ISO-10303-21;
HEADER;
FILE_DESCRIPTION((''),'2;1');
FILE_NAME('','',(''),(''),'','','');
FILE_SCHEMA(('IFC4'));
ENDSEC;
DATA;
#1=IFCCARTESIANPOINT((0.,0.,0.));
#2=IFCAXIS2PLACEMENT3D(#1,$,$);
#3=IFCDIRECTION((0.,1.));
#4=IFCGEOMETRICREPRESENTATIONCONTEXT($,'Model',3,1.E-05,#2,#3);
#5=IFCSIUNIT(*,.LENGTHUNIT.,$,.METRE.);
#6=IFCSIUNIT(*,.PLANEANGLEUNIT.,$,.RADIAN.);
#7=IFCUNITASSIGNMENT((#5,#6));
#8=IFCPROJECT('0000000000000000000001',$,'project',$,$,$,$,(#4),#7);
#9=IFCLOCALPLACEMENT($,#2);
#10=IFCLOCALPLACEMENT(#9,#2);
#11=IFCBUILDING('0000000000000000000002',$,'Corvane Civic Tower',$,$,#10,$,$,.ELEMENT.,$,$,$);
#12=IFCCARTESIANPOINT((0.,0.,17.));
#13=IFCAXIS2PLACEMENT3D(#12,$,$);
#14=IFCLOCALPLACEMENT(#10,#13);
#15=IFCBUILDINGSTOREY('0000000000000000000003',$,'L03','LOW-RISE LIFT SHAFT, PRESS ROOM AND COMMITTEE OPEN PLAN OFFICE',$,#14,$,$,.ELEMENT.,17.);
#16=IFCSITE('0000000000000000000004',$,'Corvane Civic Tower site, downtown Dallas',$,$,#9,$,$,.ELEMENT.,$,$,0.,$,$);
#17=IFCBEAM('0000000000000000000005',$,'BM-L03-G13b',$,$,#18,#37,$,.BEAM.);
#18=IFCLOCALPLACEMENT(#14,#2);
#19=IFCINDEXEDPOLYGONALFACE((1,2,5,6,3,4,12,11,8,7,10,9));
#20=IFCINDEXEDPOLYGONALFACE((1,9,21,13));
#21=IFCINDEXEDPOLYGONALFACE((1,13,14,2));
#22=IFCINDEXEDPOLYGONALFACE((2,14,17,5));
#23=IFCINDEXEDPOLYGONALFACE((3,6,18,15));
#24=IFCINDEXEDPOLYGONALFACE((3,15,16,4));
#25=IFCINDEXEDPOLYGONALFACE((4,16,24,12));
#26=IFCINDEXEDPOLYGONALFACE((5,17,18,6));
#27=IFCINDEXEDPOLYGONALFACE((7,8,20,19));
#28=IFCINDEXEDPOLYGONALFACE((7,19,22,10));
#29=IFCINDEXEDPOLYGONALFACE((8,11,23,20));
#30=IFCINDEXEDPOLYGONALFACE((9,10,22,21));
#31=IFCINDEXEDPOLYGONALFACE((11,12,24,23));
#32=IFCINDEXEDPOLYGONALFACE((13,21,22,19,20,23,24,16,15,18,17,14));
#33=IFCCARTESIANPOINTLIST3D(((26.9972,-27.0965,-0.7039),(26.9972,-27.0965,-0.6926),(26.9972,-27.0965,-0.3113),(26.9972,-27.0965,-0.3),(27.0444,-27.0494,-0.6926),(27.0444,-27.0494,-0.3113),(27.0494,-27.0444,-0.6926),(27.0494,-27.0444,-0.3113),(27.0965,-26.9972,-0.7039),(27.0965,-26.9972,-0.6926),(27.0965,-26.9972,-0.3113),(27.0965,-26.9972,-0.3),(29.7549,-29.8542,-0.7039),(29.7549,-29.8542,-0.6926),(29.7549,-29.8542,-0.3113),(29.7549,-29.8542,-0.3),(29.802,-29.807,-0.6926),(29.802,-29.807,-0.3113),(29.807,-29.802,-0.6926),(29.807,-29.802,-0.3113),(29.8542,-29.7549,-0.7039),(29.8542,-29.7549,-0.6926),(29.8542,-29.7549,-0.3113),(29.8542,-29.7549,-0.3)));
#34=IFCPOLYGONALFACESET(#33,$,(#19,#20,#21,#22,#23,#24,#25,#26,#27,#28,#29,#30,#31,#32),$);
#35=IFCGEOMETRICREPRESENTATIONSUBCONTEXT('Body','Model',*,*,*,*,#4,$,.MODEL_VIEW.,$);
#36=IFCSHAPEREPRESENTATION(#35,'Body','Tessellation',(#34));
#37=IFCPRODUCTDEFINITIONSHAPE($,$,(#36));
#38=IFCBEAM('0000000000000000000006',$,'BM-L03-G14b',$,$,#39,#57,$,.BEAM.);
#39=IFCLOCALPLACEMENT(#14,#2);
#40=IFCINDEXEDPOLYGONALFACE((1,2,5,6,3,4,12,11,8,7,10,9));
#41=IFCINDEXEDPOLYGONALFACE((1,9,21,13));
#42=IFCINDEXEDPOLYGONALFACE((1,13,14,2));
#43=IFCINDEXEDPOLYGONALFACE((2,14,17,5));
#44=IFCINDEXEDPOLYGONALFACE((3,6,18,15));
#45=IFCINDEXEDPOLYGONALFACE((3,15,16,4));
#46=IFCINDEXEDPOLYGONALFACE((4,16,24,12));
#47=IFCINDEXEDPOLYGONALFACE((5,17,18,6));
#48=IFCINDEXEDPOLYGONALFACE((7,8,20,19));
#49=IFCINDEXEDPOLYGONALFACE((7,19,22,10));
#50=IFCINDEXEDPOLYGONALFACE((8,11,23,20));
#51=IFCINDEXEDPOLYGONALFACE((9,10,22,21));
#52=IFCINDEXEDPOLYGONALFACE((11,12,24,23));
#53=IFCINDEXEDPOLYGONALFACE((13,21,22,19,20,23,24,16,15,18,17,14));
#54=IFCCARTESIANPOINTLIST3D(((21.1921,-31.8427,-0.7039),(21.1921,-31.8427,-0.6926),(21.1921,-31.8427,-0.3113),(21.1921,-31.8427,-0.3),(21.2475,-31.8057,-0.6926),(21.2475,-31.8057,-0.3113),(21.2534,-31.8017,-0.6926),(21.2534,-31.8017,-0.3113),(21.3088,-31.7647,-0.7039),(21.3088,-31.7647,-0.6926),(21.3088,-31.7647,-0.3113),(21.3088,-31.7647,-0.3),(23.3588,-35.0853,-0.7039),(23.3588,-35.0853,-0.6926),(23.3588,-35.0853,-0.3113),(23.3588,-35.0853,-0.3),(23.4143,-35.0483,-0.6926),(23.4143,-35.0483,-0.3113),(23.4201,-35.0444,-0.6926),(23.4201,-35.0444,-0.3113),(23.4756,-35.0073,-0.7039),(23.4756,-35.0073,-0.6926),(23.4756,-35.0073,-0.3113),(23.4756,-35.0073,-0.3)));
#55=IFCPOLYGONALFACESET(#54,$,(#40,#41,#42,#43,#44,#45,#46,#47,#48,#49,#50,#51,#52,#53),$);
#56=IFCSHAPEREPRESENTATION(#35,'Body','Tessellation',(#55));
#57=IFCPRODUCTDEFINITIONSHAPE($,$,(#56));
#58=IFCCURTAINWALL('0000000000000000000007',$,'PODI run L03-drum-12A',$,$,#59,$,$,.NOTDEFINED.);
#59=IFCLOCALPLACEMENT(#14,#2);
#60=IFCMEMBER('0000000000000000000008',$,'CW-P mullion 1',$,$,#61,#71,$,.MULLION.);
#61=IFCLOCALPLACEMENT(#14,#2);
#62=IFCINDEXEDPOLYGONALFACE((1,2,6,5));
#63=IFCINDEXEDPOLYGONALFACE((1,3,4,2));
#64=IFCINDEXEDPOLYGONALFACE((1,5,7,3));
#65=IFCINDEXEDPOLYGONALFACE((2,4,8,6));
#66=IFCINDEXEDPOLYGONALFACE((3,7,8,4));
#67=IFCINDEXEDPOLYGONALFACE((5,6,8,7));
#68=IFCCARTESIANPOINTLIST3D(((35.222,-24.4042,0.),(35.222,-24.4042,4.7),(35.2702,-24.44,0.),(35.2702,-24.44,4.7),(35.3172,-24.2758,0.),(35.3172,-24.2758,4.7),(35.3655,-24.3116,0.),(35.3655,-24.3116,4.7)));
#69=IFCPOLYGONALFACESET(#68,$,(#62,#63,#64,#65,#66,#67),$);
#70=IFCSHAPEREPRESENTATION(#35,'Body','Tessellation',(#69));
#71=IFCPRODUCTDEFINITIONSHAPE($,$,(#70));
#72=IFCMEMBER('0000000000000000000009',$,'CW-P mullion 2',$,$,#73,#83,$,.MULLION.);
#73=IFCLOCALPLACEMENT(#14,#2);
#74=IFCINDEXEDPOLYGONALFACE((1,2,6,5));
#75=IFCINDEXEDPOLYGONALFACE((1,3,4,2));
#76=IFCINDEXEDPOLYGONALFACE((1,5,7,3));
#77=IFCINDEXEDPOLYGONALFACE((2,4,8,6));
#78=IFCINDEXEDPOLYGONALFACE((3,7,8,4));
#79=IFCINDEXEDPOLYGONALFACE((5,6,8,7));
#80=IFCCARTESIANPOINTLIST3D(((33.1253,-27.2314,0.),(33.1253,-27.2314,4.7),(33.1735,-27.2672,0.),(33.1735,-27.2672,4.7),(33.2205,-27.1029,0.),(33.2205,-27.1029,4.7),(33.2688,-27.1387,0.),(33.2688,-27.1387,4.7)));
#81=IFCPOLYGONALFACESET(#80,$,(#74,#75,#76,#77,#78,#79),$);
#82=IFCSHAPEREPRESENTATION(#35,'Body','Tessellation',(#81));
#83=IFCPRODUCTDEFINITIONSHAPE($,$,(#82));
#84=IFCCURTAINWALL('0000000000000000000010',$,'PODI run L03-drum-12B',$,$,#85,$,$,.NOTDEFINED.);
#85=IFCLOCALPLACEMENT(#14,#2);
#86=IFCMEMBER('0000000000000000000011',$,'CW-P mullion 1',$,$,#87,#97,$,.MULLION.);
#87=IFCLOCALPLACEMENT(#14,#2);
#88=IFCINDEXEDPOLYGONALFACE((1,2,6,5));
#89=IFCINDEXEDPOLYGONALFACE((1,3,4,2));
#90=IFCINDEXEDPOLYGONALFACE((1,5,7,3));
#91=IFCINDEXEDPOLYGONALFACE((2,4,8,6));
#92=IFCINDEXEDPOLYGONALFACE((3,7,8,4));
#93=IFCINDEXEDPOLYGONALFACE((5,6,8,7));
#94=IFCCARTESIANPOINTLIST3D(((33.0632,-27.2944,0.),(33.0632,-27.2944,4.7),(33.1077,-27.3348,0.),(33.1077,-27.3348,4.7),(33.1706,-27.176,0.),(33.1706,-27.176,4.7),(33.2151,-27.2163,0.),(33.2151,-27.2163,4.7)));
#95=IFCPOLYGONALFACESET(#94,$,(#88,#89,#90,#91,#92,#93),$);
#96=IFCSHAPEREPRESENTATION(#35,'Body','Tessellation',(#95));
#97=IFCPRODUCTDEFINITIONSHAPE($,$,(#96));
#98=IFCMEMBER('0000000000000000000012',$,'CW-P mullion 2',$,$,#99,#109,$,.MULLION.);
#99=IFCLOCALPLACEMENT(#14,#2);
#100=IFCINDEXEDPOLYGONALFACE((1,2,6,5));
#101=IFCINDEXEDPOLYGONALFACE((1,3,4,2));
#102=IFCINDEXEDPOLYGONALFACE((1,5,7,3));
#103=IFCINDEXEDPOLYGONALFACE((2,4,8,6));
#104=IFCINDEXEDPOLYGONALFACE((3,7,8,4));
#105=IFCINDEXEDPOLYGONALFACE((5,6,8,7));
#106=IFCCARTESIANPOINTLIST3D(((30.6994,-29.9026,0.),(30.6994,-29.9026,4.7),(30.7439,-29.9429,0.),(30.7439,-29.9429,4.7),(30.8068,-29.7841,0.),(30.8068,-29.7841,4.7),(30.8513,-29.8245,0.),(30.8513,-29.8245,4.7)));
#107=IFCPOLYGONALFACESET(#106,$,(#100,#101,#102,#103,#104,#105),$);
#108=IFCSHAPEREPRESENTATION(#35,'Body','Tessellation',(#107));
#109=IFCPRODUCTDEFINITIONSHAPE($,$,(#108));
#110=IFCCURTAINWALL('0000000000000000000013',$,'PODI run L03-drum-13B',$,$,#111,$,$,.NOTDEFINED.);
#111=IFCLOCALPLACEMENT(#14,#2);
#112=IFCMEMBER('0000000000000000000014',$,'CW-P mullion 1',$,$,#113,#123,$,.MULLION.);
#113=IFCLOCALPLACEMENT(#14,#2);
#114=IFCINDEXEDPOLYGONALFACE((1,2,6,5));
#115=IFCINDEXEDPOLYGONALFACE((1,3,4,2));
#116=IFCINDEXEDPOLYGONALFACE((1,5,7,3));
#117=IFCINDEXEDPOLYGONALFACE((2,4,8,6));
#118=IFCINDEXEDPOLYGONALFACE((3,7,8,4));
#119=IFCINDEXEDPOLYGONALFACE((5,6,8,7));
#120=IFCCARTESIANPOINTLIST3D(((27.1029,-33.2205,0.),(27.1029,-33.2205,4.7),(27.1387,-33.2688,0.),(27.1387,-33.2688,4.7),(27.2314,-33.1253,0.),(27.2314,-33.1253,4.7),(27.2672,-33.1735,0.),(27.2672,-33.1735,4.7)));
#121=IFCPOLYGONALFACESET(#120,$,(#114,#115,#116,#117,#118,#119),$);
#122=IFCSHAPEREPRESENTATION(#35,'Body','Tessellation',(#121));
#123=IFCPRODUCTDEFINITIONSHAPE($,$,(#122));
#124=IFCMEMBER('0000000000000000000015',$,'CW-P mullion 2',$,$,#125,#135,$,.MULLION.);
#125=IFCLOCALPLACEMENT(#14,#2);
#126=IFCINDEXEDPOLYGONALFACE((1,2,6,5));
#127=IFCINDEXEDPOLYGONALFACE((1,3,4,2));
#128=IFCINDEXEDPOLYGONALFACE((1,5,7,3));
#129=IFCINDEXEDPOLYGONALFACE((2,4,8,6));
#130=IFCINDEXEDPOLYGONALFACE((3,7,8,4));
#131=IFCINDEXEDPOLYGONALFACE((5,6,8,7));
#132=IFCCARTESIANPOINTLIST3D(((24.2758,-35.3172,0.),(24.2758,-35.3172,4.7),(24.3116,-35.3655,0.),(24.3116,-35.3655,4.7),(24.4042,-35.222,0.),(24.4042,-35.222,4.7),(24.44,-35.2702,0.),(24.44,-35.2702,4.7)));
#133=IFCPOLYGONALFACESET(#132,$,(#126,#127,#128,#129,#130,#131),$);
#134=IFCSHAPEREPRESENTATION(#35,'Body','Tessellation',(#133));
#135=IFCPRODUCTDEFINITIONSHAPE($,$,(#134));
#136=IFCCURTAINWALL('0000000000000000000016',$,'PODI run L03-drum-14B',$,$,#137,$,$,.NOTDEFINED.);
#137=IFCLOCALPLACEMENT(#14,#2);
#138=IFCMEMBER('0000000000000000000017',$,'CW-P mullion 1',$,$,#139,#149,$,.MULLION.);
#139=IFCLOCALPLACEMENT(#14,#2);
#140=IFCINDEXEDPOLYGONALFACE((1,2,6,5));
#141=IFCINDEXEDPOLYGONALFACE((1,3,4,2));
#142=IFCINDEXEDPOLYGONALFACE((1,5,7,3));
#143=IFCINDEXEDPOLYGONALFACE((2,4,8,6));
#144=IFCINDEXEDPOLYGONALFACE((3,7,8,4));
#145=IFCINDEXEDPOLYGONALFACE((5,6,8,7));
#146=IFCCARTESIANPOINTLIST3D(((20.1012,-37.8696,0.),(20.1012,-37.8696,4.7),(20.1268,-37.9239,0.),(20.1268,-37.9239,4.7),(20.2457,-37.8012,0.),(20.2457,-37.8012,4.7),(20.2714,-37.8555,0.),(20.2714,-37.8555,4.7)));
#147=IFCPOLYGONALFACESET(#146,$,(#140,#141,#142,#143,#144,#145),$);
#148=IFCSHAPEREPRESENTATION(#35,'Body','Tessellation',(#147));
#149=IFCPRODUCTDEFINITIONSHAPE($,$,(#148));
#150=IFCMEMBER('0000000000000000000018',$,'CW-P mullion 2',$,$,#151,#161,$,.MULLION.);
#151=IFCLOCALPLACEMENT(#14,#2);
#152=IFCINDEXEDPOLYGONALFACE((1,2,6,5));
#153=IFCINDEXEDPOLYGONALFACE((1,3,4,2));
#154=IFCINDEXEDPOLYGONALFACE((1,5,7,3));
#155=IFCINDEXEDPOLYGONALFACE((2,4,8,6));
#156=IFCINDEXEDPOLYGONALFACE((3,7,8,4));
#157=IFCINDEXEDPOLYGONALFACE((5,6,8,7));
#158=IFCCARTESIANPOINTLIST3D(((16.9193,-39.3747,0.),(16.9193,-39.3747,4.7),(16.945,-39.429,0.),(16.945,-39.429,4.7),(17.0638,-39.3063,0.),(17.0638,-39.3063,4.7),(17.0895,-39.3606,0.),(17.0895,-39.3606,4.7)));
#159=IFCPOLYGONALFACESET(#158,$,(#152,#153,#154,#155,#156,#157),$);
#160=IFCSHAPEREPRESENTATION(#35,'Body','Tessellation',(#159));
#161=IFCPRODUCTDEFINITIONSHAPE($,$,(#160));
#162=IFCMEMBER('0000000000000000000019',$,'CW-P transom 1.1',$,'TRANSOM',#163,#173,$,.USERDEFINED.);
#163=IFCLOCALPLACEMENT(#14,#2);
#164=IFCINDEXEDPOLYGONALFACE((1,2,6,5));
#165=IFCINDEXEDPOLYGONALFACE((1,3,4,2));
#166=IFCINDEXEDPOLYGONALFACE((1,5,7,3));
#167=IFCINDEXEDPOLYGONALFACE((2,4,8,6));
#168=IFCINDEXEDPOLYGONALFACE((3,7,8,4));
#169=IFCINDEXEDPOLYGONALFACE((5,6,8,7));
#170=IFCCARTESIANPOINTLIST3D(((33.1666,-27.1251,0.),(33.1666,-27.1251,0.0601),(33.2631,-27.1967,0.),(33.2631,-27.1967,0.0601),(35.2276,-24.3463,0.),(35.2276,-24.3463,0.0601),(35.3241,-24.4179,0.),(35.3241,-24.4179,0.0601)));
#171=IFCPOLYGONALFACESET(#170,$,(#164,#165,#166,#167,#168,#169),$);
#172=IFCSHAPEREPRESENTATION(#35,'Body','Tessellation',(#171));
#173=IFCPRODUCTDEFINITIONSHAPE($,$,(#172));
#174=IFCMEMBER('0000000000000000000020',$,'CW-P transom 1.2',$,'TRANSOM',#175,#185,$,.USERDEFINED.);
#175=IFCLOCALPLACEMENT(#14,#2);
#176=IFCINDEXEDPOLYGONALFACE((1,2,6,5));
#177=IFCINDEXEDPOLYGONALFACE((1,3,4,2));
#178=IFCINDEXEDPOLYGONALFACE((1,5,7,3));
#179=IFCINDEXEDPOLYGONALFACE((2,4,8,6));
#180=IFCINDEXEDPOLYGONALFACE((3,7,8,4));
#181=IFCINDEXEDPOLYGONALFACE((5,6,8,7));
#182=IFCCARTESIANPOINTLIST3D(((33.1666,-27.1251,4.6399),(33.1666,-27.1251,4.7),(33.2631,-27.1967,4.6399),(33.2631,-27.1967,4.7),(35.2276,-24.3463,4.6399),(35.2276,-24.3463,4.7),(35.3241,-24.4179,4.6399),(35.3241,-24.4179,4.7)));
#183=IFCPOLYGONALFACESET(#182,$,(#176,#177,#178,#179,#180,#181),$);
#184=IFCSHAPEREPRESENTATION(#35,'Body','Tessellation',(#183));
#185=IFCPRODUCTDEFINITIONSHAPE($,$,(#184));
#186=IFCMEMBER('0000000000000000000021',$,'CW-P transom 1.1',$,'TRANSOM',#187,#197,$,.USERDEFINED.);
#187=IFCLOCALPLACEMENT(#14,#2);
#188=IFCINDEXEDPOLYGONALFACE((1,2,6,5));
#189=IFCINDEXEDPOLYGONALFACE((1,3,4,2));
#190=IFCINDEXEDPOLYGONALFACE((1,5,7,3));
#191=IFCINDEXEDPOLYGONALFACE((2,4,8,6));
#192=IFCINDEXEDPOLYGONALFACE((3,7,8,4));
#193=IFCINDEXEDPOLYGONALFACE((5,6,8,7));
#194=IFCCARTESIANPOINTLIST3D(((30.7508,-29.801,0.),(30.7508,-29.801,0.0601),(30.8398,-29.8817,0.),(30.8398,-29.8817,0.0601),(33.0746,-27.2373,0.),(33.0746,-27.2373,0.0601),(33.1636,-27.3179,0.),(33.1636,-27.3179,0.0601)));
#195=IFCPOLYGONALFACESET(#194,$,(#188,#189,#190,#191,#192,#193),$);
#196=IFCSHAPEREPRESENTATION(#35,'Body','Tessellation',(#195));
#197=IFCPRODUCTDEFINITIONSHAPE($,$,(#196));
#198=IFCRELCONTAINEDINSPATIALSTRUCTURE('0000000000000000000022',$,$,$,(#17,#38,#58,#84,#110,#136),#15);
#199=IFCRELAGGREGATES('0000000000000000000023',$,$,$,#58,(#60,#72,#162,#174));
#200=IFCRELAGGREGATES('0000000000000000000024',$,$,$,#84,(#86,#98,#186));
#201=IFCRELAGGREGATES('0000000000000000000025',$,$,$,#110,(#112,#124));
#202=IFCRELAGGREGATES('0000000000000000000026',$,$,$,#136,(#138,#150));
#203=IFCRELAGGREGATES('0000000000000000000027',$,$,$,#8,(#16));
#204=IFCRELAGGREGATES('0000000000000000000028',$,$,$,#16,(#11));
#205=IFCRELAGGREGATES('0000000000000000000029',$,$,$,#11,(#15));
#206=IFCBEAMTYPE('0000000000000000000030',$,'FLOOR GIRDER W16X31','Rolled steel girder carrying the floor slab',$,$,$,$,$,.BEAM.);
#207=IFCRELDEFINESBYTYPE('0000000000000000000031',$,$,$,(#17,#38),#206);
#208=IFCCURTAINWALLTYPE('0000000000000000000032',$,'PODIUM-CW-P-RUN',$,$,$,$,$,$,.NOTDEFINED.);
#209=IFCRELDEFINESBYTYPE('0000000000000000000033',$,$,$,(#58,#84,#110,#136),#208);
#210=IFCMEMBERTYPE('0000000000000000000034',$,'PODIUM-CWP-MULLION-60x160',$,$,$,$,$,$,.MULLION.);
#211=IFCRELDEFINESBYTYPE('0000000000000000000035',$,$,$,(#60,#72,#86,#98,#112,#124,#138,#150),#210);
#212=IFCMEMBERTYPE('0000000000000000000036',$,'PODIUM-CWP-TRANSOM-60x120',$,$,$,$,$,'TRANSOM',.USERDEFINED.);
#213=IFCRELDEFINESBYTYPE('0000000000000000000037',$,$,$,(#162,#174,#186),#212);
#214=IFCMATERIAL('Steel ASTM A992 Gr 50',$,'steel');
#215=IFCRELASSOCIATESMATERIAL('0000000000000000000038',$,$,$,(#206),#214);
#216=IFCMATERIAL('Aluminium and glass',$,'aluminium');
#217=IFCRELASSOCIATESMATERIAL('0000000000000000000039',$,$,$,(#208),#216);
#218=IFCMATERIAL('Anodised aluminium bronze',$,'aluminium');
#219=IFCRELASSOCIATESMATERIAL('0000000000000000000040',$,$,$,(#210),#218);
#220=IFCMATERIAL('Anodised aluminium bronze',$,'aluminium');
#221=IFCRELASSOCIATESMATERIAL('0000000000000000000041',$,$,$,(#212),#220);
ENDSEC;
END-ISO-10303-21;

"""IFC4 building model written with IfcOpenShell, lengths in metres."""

from ifc_helpers import new_model, si_unit, direction, frame, origin, origin_2d, place, context, subcontext, project, spatial, rectangle, i_section, extrude, material, material_profile, profile_set, type_object, element, aggregate, save


model = new_model("IFC4")

# Units and contexts
model_context = context("Model", 3, precision=1e-05, world=origin(), true_north=direction((0.0, 1.0)))
body_context = subcontext(model_context, "Body", "Model", "MODEL_VIEW")
ifc_project = project(units=[si_unit("LENGTHUNIT", "METRE"), si_unit("PLANEANGLEUNIT", "RADIAN")], contexts=[model_context])

# Site, building, storey
site_placement = place(None, origin())
site = spatial("IfcSite", under=ifc_project, at=site_placement, Name="Corvane Civic Tower site, downtown Dallas", CompositionType="ELEMENT", RefElevation=0.0)
building_placement = place(site_placement, origin())
building = spatial("IfcBuilding", under=site, at=building_placement, Name="Corvane Civic Tower", CompositionType="ELEMENT")
storey_placement = place(building_placement, frame((0.0, 0.0, 17.0)))
storey = spatial("IfcBuildingStorey", under=building, at=storey_placement, Name="L03", Description="LOW-RISE LIFT SHAFT, PRESS ROOM AND COMMITTEE OPEN PLAN OFFICE", CompositionType="ELEMENT", Elevation=17.0)

# Beams
ifc_material_1 = material(Name="Steel ASTM A992 Gr 50", Category="steel")
ifc_material_profile_1 = material_profile(ifc_material_1, i_section(OverallWidth=0.1404, OverallDepth=0.4038, WebThickness=0.0071, FlangeThickness=0.0112, at=origin_2d()), Name="W16X31")
ifc_profile_set_1 = profile_set([ifc_material_profile_1], Name="Steel ASTM A992 Gr 50")
beam_type_1 = type_object("IfcBeamType", Name="FLOOR GIRDER W16X31", Description="Rolled steel girder carrying the floor slab", PredefinedType="BEAM", material=ifc_profile_set_1)
for number, where, z_axis, x_axis, name in (
    (1, (27.0469, -27.0469, -0.502), (0.707107, -0.707107, 0.0), (0.707107, 0.707107, 0.0), "BM-L03-G13b"),
    (2, (21.2505, -31.8037, -0.502), (0.555581, -0.831462, 0.0), (0.831462, 0.555581, 0.0), "BM-L03-G14b"),
):
    element("IfcBeam", number, at=place(storey_placement, frame(where, z_axis=z_axis, x_axis=x_axis)), inside=storey, type_object=beam_type_1, Name=name, PredefinedType="BEAM", context=body_context, shape_type="SweptSolid", body=[
        extrude(i_section(OverallWidth=0.1404, OverallDepth=0.4038, WebThickness=0.0071, FlangeThickness=0.0112, at=origin_2d()), origin(), (0.0, 0.0, 1.0), 3.8999),
    ])

# Curtain walls, members
ifc_material_2 = material(Name="Aluminium and glass", Category="aluminium")
curtain_wall_type = type_object("IfcCurtainWallType", Name="PODIUM-CW-P-RUN", PredefinedType="NOTDEFINED", material=ifc_material_2)
curtain_wall_1_placement = place(storey_placement, origin())
curtain_wall_1 = element("IfcCurtainWall", 3, at=curtain_wall_1_placement, inside=storey, type_object=curtain_wall_type, Name="PODI run L03-drum-12A", PredefinedType="NOTDEFINED")
ifc_material_3 = material(Name="Anodised aluminium bronze", Category="aluminium")
ifc_material_profile_2 = material_profile(ifc_material_3, rectangle(XDim=0.0601, YDim=0.1599, at=origin_2d()), Name="AL 60x160")
ifc_profile_set_2 = profile_set([ifc_material_profile_2], Name="Anodised aluminium bronze")
member_type_1 = type_object("IfcMemberType", Name="PODIUM-CWP-MULLION-60x160", PredefinedType="MULLION", material=ifc_profile_set_2)
member_1_placement = place(storey_placement, frame((35.2937, -24.3579, 0.0), z_axis=(0.0, 0.0, 1.0), x_axis=(0.803203, -0.595705, 0.0)))
member_1 = element("IfcMember", 4, at=member_1_placement, type_object=member_type_1, Name="CW-P mullion 1", PredefinedType="MULLION", context=body_context, shape_type="SweptSolid", body=[
    extrude(rectangle(XDim=0.0601, YDim=0.1599, at=origin_2d()), origin(), (0.0, 0.0, 1.0), 4.7),
])
member_2_placement = place(storey_placement, frame((33.197, -27.1851, 0.0), z_axis=(0.0, 0.0, 1.0), x_axis=(0.803203, -0.595705, 0.0)))
member_2 = element("IfcMember", 5, at=member_2_placement, type_object=member_type_1, Name="CW-P mullion 2", PredefinedType="MULLION", context=body_context, shape_type="SweptSolid", body=[
    extrude(rectangle(XDim=0.0601, YDim=0.1599, at=origin_2d()), origin(), (0.0, 0.0, 1.0), 4.7),
])
curtain_wall_2_placement = place(storey_placement, origin())
curtain_wall_2 = element("IfcCurtainWall", 6, at=curtain_wall_2_placement, inside=storey, type_object=curtain_wall_type, Name="PODI run L03-drum-12B", PredefinedType="NOTDEFINED")
member_3_placement = place(storey_placement, frame((33.1392, -27.2554, 0.0), z_axis=(0.0, 0.0, 1.0), x_axis=(0.740935, -0.671576, 0.0)))
member_3 = element("IfcMember", 7, at=member_3_placement, type_object=member_type_1, Name="CW-P mullion 1", PredefinedType="MULLION", context=body_context, shape_type="SweptSolid", body=[
    extrude(rectangle(XDim=0.0601, YDim=0.1599, at=origin_2d()), origin(), (0.0, 0.0, 1.0), 4.7),
])
member_4_placement = place(storey_placement, frame((30.7754, -29.8635, 0.0), z_axis=(0.0, 0.0, 1.0), x_axis=(0.740935, -0.671576, 0.0)))
member_4 = element("IfcMember", 8, at=member_4_placement, type_object=member_type_1, Name="CW-P mullion 2", PredefinedType="MULLION", context=body_context, shape_type="SweptSolid", body=[
    extrude(rectangle(XDim=0.0601, YDim=0.1599, at=origin_2d()), origin(), (0.0, 0.0, 1.0), 4.7),
])
curtain_wall_3_placement = place(storey_placement, origin())
curtain_wall_3 = element("IfcCurtainWall", 9, at=curtain_wall_3_placement, inside=storey, type_object=curtain_wall_type, Name="PODI run L03-drum-13B", PredefinedType="NOTDEFINED")
member_5_placement = place(storey_placement, frame((27.1851, -33.197, 0.0), z_axis=(0.0, 0.0, 1.0), x_axis=(0.595705, -0.803203, 0.0)))
member_5 = element("IfcMember", 10, at=member_5_placement, type_object=member_type_1, Name="CW-P mullion 1", PredefinedType="MULLION", context=body_context, shape_type="SweptSolid", body=[
    extrude(rectangle(XDim=0.0601, YDim=0.1599, at=origin_2d()), origin(), (0.0, 0.0, 1.0), 4.7),
])
member_6_placement = place(storey_placement, frame((24.3579, -35.2937, 0.0), z_axis=(0.0, 0.0, 1.0), x_axis=(0.595705, -0.803203, 0.0)))
member_6 = element("IfcMember", 11, at=member_6_placement, type_object=member_type_1, Name="CW-P mullion 2", PredefinedType="MULLION", context=body_context, shape_type="SweptSolid", body=[
    extrude(rectangle(XDim=0.0601, YDim=0.1599, at=origin_2d()), origin(), (0.0, 0.0, 1.0), 4.7),
])
curtain_wall_4_placement = place(storey_placement, origin())
curtain_wall_4 = element("IfcCurtainWall", 12, at=curtain_wall_4_placement, inside=storey, type_object=curtain_wall_type, Name="PODI run L03-drum-14B", PredefinedType="NOTDEFINED")
member_7_placement = place(storey_placement, frame((20.1863, -37.8625, 0.0), z_axis=(0.0, 0.0, 1.0), x_axis=(0.427553, -0.90399, 0.0)))
member_7 = element("IfcMember", 13, at=member_7_placement, type_object=member_type_1, Name="CW-P mullion 1", PredefinedType="MULLION", context=body_context, shape_type="SweptSolid", body=[
    extrude(rectangle(XDim=0.0601, YDim=0.1599, at=origin_2d()), origin(), (0.0, 0.0, 1.0), 4.7),
])
member_8_placement = place(storey_placement, frame((17.0044, -39.3677, 0.0), z_axis=(0.0, 0.0, 1.0), x_axis=(0.427553, -0.90399, 0.0)))
member_8 = element("IfcMember", 14, at=member_8_placement, type_object=member_type_1, Name="CW-P mullion 2", PredefinedType="MULLION", context=body_context, shape_type="SweptSolid", body=[
    extrude(rectangle(XDim=0.0601, YDim=0.1599, at=origin_2d()), origin(), (0.0, 0.0, 1.0), 4.7),
])

# Members
ifc_material_4 = material(Name="Anodised aluminium bronze", Category="aluminium")
ifc_material_profile_3 = material_profile(ifc_material_4, rectangle(XDim=0.1201, YDim=0.0601, at=origin_2d()), Name="AL 120x60")
ifc_profile_set_3 = profile_set([ifc_material_profile_3], Name="Anodised aluminium bronze")
member_type_2 = type_object("IfcMemberType", Name="PODIUM-CWP-TRANSOM-60x120", ElementType="TRANSOM", PredefinedType="USERDEFINED", material=ifc_profile_set_3)
member_9_placement = place(storey_placement, frame((35.2759, -24.3821, 0.03), z_axis=(-0.595724, -0.80319, 0.0), x_axis=(0.80319, -0.595724, 0.0)))
member_9 = element("IfcMember", 15, at=member_9_placement, type_object=member_type_2, Name="CW-P transom 1.1", ObjectType="TRANSOM", PredefinedType="USERDEFINED", context=body_context, shape_type="SweptSolid", body=[
    extrude(rectangle(XDim=0.1201, YDim=0.0601, at=origin_2d()), origin(), (0.0, 0.0, 1.0), 3.4597),
])
member_10_placement = place(storey_placement, frame((35.2759, -24.3821, 4.6699), z_axis=(-0.595724, -0.80319, 0.0), x_axis=(0.80319, -0.595724, 0.0)))
member_10 = element("IfcMember", 16, at=member_10_placement, type_object=member_type_2, Name="CW-P transom 1.2", ObjectType="TRANSOM", PredefinedType="USERDEFINED", context=body_context, shape_type="SweptSolid", body=[
    extrude(rectangle(XDim=0.1201, YDim=0.0601, at=origin_2d()), origin(), (0.0, 0.0, 1.0), 3.4597),
])
member_11_placement = place(storey_placement, frame((33.1191, -27.2776, 0.03), z_axis=(-0.671576, -0.740935, 0.0), x_axis=(0.740935, -0.671576, 0.0)))
member_11 = element("IfcMember", 17, at=member_11_placement, type_object=member_type_2, Name="CW-P transom 1.1", ObjectType="TRANSOM", PredefinedType="USERDEFINED", context=body_context, shape_type="SweptSolid", body=[
    extrude(rectangle(XDim=0.1201, YDim=0.0601, at=origin_2d()), origin(), (0.0, 0.0, 1.0), 3.4602),
])

aggregate(curtain_wall_1, [member_1, member_2, member_9, member_10])
aggregate(curtain_wall_2, [member_3, member_4, member_11])
aggregate(curtain_wall_3, [member_5, member_6])
aggregate(curtain_wall_4, [member_7, member_8])

save(model, "model.ifc")
